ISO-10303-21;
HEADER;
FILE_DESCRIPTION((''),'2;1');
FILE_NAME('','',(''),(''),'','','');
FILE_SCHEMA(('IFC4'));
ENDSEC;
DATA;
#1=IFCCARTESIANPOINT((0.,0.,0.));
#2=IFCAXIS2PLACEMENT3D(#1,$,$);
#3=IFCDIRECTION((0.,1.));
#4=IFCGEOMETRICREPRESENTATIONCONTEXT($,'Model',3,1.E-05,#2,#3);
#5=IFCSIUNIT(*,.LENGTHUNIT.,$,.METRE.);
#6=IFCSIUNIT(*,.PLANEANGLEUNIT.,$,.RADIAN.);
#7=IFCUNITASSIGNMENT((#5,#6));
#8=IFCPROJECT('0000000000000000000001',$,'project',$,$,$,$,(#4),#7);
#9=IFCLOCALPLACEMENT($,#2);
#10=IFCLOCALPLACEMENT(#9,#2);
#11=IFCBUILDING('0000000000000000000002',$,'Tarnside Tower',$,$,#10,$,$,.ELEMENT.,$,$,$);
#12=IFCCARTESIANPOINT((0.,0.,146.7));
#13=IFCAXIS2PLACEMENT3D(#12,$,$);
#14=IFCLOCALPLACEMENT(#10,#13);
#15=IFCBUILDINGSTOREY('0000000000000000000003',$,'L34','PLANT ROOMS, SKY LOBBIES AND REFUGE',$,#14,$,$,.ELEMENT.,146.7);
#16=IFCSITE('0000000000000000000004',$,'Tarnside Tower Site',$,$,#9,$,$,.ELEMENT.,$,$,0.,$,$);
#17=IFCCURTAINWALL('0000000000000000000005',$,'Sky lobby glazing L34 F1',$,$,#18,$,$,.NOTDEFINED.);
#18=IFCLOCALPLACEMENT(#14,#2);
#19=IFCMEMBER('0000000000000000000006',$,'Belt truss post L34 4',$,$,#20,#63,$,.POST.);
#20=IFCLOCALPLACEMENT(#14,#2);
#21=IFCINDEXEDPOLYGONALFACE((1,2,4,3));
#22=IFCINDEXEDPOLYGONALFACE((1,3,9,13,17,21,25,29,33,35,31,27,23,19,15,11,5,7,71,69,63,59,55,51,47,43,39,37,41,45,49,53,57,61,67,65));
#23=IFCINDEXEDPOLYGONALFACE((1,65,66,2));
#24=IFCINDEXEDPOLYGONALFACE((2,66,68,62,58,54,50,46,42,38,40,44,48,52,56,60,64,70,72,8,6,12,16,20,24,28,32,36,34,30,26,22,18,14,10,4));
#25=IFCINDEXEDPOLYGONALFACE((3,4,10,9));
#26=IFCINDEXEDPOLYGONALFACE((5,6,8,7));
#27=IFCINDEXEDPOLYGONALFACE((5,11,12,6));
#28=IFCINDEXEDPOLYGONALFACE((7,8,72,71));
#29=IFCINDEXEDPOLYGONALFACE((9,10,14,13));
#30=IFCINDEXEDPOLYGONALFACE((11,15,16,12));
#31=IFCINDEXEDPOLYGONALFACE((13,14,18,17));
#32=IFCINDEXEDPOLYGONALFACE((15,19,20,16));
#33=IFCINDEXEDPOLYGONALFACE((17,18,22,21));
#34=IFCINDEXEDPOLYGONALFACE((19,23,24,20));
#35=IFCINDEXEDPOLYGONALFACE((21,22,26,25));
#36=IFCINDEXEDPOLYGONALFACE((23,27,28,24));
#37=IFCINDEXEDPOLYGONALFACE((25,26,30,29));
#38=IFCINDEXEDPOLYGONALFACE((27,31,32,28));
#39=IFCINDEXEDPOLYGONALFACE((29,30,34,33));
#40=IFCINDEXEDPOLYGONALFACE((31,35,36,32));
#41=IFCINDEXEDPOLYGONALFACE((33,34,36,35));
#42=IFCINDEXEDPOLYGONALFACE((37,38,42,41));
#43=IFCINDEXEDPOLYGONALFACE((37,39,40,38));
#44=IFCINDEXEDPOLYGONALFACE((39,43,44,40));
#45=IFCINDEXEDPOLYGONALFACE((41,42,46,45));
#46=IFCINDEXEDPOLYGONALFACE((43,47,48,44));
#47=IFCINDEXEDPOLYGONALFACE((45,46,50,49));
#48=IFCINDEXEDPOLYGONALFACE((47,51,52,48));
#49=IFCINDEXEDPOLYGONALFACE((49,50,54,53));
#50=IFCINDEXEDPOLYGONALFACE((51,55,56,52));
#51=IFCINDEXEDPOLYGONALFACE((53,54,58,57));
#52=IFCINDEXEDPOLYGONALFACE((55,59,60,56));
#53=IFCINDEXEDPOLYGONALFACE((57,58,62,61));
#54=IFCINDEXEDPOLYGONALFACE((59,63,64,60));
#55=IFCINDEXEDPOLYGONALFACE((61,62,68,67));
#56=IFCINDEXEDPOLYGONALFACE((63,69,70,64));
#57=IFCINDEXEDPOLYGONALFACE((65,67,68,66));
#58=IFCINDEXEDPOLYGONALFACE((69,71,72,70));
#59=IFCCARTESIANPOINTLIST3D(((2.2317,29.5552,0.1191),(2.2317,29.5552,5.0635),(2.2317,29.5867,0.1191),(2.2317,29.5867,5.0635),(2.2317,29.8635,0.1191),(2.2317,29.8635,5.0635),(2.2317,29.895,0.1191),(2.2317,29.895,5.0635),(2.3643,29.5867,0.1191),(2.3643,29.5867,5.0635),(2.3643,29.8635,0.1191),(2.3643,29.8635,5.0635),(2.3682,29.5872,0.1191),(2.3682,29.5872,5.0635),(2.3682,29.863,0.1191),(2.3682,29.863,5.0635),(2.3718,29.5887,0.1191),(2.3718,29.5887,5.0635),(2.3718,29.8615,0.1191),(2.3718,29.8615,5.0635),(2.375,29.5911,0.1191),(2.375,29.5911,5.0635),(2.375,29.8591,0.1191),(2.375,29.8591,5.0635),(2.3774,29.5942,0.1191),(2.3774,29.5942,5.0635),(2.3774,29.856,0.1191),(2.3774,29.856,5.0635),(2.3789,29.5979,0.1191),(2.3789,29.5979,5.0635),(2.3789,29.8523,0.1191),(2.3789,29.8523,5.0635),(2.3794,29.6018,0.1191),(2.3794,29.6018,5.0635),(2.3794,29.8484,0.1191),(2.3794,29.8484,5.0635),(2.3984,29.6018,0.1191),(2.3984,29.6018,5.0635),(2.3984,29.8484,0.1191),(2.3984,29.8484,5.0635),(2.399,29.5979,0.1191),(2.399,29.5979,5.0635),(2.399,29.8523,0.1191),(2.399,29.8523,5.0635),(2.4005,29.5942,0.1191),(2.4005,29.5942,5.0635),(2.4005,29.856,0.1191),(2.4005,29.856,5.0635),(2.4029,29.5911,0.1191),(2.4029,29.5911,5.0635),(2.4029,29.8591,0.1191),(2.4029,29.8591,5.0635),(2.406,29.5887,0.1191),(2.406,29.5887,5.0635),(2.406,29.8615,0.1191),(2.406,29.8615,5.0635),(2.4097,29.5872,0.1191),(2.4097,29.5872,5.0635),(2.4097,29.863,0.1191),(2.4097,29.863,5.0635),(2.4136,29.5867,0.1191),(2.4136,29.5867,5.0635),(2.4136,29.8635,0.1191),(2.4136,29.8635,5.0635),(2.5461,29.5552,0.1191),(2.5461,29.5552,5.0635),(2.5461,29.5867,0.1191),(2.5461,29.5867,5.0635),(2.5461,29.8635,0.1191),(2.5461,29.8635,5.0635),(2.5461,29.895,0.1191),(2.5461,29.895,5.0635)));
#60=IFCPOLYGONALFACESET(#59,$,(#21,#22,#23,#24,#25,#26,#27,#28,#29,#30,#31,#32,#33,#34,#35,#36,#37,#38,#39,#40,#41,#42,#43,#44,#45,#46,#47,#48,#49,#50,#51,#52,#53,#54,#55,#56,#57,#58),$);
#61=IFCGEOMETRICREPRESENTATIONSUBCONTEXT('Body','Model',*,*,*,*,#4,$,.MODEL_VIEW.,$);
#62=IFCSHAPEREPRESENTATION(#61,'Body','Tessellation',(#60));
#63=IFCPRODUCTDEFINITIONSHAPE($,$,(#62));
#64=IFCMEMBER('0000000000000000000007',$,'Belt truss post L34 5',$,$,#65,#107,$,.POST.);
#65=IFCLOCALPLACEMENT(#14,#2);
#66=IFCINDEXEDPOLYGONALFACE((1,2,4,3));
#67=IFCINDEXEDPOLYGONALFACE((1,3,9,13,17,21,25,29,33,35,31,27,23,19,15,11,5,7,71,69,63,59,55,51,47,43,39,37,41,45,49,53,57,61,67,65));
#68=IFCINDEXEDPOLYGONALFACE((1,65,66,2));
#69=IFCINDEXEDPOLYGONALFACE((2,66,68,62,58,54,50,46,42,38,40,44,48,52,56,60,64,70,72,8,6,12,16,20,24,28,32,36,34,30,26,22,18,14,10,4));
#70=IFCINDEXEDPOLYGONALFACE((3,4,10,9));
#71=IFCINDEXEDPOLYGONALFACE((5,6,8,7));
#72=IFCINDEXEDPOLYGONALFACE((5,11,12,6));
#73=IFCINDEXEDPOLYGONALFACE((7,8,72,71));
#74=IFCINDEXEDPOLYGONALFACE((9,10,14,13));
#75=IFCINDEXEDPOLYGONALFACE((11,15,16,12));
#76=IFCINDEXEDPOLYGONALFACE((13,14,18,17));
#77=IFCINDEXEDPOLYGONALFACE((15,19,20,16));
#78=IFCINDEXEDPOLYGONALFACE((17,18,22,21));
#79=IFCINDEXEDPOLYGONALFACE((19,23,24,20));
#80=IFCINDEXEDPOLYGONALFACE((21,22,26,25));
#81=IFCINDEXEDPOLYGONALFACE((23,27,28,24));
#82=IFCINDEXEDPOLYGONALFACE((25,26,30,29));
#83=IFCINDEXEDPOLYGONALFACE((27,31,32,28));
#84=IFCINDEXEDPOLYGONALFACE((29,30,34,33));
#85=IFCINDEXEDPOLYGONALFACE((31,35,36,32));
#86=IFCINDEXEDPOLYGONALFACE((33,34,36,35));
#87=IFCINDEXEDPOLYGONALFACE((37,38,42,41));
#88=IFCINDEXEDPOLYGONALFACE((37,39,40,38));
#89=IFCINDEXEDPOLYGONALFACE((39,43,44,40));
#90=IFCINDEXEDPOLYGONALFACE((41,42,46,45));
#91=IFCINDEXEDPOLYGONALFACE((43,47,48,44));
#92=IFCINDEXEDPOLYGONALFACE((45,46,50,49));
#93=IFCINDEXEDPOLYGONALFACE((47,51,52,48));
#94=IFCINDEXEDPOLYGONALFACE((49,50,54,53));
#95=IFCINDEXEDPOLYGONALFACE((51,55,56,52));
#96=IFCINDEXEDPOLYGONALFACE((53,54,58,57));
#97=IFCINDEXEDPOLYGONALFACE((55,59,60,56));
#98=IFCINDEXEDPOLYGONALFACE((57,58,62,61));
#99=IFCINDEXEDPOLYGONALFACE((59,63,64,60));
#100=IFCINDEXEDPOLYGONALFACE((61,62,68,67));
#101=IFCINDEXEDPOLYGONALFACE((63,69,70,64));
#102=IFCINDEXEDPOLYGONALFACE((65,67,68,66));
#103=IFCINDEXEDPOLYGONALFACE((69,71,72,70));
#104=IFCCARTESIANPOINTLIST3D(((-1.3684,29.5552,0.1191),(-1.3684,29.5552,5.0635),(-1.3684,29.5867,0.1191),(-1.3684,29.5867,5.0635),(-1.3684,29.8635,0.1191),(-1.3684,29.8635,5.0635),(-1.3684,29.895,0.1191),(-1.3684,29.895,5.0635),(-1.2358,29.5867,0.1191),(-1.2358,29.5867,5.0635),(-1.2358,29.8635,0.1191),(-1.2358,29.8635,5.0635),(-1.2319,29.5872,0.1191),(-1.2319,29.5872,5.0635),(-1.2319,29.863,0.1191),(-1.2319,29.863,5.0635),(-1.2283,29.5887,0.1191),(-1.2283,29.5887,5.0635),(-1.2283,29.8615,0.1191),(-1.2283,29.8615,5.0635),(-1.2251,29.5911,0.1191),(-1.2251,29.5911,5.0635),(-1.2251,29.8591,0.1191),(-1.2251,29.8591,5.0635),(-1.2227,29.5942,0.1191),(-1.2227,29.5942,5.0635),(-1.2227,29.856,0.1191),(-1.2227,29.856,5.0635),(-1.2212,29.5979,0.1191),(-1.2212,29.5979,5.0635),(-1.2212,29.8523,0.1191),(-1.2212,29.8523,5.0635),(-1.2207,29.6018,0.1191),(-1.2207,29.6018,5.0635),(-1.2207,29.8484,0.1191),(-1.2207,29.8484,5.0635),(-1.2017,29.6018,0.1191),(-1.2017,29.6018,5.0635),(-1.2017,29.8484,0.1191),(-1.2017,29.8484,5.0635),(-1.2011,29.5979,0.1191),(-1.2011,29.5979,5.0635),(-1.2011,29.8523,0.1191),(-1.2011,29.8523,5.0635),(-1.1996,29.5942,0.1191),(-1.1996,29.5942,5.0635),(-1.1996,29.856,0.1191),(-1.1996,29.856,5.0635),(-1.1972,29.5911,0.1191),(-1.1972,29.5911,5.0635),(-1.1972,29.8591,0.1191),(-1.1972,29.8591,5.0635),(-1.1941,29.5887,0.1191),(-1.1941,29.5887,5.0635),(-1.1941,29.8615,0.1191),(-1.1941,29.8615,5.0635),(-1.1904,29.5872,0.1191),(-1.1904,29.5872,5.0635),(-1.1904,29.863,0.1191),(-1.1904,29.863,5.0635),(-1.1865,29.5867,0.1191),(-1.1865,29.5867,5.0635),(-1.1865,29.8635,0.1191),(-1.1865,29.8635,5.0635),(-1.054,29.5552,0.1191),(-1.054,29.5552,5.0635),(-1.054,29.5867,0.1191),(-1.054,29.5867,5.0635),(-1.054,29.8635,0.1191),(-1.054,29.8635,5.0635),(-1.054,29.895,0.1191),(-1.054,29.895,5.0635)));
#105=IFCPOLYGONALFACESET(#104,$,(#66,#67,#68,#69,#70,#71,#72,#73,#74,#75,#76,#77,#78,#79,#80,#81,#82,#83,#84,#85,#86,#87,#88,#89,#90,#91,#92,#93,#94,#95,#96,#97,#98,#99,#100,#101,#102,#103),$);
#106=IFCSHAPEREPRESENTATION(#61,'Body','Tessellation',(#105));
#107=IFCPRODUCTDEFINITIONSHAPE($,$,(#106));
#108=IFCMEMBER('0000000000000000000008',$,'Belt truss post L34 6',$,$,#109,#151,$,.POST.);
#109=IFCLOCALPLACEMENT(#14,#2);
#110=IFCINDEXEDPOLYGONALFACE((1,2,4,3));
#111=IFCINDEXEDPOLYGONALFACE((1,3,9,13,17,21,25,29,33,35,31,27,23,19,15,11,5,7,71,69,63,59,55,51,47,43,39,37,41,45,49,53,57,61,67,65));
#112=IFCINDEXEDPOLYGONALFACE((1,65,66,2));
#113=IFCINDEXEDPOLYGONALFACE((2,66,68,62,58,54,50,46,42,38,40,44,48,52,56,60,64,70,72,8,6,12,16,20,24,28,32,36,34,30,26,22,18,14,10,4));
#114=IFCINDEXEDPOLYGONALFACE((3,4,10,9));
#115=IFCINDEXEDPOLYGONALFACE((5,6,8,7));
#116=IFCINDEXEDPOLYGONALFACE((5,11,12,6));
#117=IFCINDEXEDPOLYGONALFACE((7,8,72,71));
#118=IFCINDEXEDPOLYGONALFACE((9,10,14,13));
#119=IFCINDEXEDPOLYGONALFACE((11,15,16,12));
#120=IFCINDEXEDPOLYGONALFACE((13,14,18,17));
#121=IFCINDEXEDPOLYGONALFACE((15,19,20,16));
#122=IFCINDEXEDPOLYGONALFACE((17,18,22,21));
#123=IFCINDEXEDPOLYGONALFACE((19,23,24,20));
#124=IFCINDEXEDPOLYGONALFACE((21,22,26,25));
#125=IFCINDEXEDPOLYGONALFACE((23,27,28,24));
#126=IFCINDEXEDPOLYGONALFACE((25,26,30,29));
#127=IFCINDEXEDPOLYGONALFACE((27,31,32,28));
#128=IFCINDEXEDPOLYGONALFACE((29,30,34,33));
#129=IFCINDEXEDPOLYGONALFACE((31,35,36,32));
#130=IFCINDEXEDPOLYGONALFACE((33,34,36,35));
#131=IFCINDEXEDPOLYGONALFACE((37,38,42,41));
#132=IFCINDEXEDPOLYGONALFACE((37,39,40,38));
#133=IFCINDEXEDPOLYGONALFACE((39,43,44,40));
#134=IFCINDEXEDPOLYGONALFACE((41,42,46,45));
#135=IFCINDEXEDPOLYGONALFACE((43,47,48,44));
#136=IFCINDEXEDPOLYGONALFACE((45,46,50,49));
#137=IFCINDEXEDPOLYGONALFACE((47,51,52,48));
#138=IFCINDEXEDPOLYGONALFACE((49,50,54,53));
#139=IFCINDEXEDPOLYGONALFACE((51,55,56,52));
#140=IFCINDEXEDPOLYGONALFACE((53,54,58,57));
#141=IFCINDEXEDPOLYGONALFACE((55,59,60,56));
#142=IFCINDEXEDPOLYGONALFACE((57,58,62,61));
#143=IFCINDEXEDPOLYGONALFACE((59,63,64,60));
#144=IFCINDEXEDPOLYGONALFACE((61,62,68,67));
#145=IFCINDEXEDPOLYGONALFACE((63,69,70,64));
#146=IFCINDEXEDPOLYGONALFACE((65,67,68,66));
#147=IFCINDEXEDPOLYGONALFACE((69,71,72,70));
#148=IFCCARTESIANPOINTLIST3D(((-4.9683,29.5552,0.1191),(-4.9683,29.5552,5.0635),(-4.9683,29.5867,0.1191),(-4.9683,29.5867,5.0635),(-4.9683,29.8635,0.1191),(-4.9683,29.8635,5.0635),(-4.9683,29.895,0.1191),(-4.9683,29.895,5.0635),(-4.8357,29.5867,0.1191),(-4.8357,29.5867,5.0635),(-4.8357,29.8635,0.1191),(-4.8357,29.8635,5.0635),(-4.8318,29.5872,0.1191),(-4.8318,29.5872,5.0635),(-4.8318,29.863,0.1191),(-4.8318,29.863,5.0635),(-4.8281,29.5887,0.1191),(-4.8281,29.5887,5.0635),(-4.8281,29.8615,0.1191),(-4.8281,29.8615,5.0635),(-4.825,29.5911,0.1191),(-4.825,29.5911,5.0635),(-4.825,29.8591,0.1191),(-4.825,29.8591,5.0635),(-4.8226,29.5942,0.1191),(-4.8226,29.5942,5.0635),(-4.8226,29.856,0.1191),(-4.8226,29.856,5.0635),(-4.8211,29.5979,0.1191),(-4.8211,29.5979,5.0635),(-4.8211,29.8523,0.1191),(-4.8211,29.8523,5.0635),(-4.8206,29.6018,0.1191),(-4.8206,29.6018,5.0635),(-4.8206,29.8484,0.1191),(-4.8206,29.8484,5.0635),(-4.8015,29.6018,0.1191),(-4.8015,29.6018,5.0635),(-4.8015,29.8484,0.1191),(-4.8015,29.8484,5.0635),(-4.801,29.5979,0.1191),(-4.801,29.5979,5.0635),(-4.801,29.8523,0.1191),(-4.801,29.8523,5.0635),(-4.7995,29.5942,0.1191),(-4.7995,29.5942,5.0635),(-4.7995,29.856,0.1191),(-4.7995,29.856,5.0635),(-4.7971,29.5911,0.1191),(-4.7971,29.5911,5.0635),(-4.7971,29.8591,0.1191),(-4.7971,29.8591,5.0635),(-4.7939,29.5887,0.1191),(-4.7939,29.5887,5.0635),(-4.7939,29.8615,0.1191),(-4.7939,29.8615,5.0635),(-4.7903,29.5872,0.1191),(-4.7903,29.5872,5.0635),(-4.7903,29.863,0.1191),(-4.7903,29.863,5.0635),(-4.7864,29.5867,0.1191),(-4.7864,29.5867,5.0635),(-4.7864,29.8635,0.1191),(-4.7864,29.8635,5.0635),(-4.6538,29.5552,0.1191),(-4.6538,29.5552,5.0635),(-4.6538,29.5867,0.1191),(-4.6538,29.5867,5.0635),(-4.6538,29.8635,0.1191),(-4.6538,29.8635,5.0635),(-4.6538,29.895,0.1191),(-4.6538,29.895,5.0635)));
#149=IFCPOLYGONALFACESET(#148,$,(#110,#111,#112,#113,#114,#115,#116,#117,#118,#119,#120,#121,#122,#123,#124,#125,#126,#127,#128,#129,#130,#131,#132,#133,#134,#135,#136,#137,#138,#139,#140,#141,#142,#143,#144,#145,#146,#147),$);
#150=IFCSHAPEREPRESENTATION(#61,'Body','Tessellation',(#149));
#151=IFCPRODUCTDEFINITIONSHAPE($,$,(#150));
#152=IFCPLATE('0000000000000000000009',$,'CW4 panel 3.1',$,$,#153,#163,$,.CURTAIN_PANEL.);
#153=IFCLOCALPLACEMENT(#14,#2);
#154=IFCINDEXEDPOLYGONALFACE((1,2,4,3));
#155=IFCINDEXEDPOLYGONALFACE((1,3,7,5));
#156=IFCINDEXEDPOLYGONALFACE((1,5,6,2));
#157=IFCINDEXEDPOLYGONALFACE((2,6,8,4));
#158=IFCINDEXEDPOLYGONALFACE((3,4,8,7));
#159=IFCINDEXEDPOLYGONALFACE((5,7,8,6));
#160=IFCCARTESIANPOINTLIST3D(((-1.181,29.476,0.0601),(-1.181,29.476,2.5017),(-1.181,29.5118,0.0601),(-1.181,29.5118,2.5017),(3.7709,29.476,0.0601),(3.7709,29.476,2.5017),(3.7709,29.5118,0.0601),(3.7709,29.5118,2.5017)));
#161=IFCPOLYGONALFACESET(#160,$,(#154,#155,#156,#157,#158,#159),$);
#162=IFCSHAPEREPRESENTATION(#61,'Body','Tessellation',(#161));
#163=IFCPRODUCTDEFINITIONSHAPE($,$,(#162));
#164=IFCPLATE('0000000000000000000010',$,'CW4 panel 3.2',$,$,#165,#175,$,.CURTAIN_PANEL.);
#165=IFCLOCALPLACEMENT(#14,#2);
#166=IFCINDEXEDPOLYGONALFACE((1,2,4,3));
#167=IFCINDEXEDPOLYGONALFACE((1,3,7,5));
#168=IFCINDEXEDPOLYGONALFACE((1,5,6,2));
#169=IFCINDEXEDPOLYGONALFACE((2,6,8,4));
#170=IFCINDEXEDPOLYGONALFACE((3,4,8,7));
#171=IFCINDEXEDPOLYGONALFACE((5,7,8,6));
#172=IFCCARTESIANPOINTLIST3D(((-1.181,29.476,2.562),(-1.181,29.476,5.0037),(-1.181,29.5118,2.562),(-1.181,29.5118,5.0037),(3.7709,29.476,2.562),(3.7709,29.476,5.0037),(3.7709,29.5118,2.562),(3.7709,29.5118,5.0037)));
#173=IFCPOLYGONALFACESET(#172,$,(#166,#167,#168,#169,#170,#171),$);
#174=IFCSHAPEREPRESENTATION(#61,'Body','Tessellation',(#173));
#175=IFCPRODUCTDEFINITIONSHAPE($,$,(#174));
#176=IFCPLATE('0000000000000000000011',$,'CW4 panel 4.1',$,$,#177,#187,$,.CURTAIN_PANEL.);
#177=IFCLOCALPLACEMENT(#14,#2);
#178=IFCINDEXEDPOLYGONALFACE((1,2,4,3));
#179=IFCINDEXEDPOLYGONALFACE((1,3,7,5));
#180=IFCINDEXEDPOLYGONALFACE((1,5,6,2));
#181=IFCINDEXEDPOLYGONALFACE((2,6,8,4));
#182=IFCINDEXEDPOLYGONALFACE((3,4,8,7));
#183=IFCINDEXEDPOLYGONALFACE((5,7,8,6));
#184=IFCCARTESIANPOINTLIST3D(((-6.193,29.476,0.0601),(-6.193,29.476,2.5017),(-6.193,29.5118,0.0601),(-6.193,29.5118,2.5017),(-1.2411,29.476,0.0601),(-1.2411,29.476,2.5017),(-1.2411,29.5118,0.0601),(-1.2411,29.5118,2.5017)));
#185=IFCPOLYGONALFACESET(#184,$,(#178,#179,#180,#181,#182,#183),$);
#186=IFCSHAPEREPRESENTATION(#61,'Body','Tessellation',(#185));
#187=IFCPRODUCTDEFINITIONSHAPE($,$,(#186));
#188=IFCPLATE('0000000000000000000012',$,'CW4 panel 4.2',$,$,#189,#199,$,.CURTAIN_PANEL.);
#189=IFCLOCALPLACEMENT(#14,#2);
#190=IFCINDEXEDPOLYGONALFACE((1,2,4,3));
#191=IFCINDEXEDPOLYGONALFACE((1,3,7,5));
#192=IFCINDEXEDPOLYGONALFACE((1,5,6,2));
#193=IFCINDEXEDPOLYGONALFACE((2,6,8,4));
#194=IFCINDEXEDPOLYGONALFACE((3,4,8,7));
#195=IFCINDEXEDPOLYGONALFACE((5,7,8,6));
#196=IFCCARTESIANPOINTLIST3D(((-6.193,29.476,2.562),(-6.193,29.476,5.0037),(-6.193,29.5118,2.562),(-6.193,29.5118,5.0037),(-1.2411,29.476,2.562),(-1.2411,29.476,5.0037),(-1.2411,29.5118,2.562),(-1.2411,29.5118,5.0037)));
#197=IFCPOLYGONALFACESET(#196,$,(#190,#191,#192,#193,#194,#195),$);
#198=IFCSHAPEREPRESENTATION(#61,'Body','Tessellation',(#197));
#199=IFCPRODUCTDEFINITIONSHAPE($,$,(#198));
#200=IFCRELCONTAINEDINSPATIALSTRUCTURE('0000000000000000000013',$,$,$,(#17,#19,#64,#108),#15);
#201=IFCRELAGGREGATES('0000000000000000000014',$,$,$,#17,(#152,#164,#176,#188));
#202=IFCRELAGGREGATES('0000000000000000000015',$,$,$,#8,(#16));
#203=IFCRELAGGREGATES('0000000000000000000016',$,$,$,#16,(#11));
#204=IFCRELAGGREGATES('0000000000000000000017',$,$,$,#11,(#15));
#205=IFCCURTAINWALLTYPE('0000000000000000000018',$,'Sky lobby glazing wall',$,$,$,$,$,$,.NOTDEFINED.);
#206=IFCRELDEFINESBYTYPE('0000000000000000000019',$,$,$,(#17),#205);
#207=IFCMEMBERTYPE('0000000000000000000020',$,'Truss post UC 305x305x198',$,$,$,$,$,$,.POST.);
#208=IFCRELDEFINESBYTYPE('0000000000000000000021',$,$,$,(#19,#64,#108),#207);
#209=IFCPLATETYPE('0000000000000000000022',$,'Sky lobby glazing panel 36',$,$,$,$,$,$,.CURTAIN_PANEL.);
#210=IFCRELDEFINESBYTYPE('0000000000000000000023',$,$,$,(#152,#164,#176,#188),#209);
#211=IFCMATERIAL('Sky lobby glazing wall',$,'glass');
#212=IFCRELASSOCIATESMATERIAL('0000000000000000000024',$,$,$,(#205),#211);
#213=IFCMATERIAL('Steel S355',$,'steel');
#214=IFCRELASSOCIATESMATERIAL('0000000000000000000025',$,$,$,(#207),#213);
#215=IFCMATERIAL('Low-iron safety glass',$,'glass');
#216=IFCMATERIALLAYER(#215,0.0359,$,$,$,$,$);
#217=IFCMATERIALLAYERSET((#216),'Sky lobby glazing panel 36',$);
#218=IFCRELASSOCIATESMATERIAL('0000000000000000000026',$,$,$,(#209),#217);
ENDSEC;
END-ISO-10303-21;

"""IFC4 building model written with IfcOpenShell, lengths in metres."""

from ifc_helpers import new_model, si_unit, direction, frame, origin, origin_2d, place, context, subcontext, project, spatial, rectangle, i_section, extrude, material, layer, layer_set, material_profile, profile_set, type_object, element, aggregate, save


model = new_model("IFC4")

# Units and contexts
model_context = context("Model", 3, precision=1e-05, world=origin(), true_north=direction((0.0, 1.0)))
body_context = subcontext(model_context, "Body", "Model", "MODEL_VIEW")
ifc_project = project(units=[si_unit("LENGTHUNIT", "METRE"), si_unit("PLANEANGLEUNIT", "RADIAN")], contexts=[model_context])

# Site, building, storey
site_placement = place(None, origin())
site = spatial("IfcSite", under=ifc_project, at=site_placement, Name="Tarnside Tower Site", CompositionType="ELEMENT", RefElevation=0.0)
building_placement = place(site_placement, origin())
building = spatial("IfcBuilding", under=site, at=building_placement, Name="Tarnside Tower", CompositionType="ELEMENT")
storey_placement = place(building_placement, frame((0.0, 0.0, 146.7)))
storey = spatial("IfcBuildingStorey", under=building, at=storey_placement, Name="L34", Description="PLANT ROOMS, SKY LOBBIES AND REFUGE", CompositionType="ELEMENT", Elevation=146.7)

# Shared definitions
ifc_material_1 = material(Name="Steel S355", Category="steel")

# Curtain wall
ifc_material_2 = material(Name="Sky lobby glazing wall", Category="glass")
curtain_wall_type = type_object("IfcCurtainWallType", Name="Sky lobby glazing wall", PredefinedType="NOTDEFINED", material=ifc_material_2)
curtain_wall_placement = place(storey_placement, origin())
curtain_wall = element("IfcCurtainWall", 1, at=curtain_wall_placement, inside=storey, type_object=curtain_wall_type, Name="Sky lobby glazing L34 F1", PredefinedType="NOTDEFINED")

# Members
ifc_material_profile_1 = material_profile(ifc_material_1, i_section(OverallWidth=0.3145, OverallDepth=0.3398, WebThickness=0.019, FlangeThickness=0.0315, FilletRadius=0.0151, at=origin_2d()), Name="UC 305x305x198")
ifc_profile_set_1 = profile_set([ifc_material_profile_1], Name="Steel S355")
member_type_1 = type_object("IfcMemberType", Name="Truss post UC 305x305x198", PredefinedType="POST", material=ifc_profile_set_1)
for number, where, z_axis, x_axis, name in (
    (2, (2.3889, 29.7251, 0.1191), (0.0, 0.0, 1.0), (-1.0, 0.0, 0.0), "Belt truss post L34 4"),
    (3, (-1.2112, 29.7251, 0.1191), (0.0, 0.0, 1.0), (-1.0, 0.0, 0.0), "Belt truss post L34 5"),
    (4, (-4.811, 29.7251, 0.1191), (0.0, 0.0, 1.0), (-1.0, 0.0, 0.0), "Belt truss post L34 6"),
):
    element("IfcMember", number, at=place(storey_placement, frame(where, z_axis=z_axis, x_axis=x_axis)), inside=storey, type_object=member_type_1, Name=name, PredefinedType="POST", context=body_context, shape_type="SweptSolid", body=[
        extrude(i_section(OverallWidth=0.3145, OverallDepth=0.3398, WebThickness=0.019, FlangeThickness=0.0315, FilletRadius=0.0151, at=origin_2d()), origin(), (0.0, 0.0, 1.0), 4.9443),
    ])

# Plates
ifc_material_3 = material(Name="Low-iron safety glass", Category="glass")
ifc_layer_1 = layer(ifc_material_3, 0.0359)
ifc_layer_set_1 = layer_set([ifc_layer_1], Name="Sky lobby glazing panel 36")
plate_type = type_object("IfcPlateType", Name="Sky lobby glazing panel 36", PredefinedType="CURTAIN_PANEL", material=ifc_layer_set_1)
plate_1_placement = place(storey_placement, frame((1.2949, 29.4939, 0.0601), z_axis=(0.0, 0.0, 1.0), x_axis=(-1.0, 0.0, 0.0)))
plate_1 = element("IfcPlate", 5, at=plate_1_placement, type_object=plate_type, Name="CW4 panel 3.1", PredefinedType="CURTAIN_PANEL", context=body_context, shape_type="SweptSolid", body=[
    extrude(rectangle(XDim=4.9519, YDim=0.0359, at=origin_2d()), origin(), (0.0, 0.0, 1.0), 2.4417),
])
plate_2_placement = place(storey_placement, frame((1.2949, 29.4939, 2.562), z_axis=(0.0, 0.0, 1.0), x_axis=(-1.0, 0.0, 0.0)))
plate_2 = element("IfcPlate", 6, at=plate_2_placement, type_object=plate_type, Name="CW4 panel 3.2", PredefinedType="CURTAIN_PANEL", context=body_context, shape_type="SweptSolid", body=[
    extrude(rectangle(XDim=4.9519, YDim=0.0359, at=origin_2d()), origin(), (0.0, 0.0, 1.0), 2.4417),
])
plate_3_placement = place(storey_placement, frame((-3.717, 29.4939, 0.0601), z_axis=(0.0, 0.0, 1.0), x_axis=(-1.0, 0.0, 0.0)))
plate_3 = element("IfcPlate", 7, at=plate_3_placement, type_object=plate_type, Name="CW4 panel 4.1", PredefinedType="CURTAIN_PANEL", context=body_context, shape_type="SweptSolid", body=[
    extrude(rectangle(XDim=4.9519, YDim=0.0359, at=origin_2d()), origin(), (0.0, 0.0, 1.0), 2.4417),
])
plate_4_placement = place(storey_placement, frame((-3.717, 29.4939, 2.562), z_axis=(0.0, 0.0, 1.0), x_axis=(-1.0, 0.0, 0.0)))
plate_4 = element("IfcPlate", 8, at=plate_4_placement, type_object=plate_type, Name="CW4 panel 4.2", PredefinedType="CURTAIN_PANEL", context=body_context, shape_type="SweptSolid", body=[
    extrude(rectangle(XDim=4.9519, YDim=0.0359, at=origin_2d()), origin(), (0.0, 0.0, 1.0), 2.4417),
])
aggregate(curtain_wall, [plate_1, plate_2, plate_3, plate_4])

save(model, "model.ifc")
